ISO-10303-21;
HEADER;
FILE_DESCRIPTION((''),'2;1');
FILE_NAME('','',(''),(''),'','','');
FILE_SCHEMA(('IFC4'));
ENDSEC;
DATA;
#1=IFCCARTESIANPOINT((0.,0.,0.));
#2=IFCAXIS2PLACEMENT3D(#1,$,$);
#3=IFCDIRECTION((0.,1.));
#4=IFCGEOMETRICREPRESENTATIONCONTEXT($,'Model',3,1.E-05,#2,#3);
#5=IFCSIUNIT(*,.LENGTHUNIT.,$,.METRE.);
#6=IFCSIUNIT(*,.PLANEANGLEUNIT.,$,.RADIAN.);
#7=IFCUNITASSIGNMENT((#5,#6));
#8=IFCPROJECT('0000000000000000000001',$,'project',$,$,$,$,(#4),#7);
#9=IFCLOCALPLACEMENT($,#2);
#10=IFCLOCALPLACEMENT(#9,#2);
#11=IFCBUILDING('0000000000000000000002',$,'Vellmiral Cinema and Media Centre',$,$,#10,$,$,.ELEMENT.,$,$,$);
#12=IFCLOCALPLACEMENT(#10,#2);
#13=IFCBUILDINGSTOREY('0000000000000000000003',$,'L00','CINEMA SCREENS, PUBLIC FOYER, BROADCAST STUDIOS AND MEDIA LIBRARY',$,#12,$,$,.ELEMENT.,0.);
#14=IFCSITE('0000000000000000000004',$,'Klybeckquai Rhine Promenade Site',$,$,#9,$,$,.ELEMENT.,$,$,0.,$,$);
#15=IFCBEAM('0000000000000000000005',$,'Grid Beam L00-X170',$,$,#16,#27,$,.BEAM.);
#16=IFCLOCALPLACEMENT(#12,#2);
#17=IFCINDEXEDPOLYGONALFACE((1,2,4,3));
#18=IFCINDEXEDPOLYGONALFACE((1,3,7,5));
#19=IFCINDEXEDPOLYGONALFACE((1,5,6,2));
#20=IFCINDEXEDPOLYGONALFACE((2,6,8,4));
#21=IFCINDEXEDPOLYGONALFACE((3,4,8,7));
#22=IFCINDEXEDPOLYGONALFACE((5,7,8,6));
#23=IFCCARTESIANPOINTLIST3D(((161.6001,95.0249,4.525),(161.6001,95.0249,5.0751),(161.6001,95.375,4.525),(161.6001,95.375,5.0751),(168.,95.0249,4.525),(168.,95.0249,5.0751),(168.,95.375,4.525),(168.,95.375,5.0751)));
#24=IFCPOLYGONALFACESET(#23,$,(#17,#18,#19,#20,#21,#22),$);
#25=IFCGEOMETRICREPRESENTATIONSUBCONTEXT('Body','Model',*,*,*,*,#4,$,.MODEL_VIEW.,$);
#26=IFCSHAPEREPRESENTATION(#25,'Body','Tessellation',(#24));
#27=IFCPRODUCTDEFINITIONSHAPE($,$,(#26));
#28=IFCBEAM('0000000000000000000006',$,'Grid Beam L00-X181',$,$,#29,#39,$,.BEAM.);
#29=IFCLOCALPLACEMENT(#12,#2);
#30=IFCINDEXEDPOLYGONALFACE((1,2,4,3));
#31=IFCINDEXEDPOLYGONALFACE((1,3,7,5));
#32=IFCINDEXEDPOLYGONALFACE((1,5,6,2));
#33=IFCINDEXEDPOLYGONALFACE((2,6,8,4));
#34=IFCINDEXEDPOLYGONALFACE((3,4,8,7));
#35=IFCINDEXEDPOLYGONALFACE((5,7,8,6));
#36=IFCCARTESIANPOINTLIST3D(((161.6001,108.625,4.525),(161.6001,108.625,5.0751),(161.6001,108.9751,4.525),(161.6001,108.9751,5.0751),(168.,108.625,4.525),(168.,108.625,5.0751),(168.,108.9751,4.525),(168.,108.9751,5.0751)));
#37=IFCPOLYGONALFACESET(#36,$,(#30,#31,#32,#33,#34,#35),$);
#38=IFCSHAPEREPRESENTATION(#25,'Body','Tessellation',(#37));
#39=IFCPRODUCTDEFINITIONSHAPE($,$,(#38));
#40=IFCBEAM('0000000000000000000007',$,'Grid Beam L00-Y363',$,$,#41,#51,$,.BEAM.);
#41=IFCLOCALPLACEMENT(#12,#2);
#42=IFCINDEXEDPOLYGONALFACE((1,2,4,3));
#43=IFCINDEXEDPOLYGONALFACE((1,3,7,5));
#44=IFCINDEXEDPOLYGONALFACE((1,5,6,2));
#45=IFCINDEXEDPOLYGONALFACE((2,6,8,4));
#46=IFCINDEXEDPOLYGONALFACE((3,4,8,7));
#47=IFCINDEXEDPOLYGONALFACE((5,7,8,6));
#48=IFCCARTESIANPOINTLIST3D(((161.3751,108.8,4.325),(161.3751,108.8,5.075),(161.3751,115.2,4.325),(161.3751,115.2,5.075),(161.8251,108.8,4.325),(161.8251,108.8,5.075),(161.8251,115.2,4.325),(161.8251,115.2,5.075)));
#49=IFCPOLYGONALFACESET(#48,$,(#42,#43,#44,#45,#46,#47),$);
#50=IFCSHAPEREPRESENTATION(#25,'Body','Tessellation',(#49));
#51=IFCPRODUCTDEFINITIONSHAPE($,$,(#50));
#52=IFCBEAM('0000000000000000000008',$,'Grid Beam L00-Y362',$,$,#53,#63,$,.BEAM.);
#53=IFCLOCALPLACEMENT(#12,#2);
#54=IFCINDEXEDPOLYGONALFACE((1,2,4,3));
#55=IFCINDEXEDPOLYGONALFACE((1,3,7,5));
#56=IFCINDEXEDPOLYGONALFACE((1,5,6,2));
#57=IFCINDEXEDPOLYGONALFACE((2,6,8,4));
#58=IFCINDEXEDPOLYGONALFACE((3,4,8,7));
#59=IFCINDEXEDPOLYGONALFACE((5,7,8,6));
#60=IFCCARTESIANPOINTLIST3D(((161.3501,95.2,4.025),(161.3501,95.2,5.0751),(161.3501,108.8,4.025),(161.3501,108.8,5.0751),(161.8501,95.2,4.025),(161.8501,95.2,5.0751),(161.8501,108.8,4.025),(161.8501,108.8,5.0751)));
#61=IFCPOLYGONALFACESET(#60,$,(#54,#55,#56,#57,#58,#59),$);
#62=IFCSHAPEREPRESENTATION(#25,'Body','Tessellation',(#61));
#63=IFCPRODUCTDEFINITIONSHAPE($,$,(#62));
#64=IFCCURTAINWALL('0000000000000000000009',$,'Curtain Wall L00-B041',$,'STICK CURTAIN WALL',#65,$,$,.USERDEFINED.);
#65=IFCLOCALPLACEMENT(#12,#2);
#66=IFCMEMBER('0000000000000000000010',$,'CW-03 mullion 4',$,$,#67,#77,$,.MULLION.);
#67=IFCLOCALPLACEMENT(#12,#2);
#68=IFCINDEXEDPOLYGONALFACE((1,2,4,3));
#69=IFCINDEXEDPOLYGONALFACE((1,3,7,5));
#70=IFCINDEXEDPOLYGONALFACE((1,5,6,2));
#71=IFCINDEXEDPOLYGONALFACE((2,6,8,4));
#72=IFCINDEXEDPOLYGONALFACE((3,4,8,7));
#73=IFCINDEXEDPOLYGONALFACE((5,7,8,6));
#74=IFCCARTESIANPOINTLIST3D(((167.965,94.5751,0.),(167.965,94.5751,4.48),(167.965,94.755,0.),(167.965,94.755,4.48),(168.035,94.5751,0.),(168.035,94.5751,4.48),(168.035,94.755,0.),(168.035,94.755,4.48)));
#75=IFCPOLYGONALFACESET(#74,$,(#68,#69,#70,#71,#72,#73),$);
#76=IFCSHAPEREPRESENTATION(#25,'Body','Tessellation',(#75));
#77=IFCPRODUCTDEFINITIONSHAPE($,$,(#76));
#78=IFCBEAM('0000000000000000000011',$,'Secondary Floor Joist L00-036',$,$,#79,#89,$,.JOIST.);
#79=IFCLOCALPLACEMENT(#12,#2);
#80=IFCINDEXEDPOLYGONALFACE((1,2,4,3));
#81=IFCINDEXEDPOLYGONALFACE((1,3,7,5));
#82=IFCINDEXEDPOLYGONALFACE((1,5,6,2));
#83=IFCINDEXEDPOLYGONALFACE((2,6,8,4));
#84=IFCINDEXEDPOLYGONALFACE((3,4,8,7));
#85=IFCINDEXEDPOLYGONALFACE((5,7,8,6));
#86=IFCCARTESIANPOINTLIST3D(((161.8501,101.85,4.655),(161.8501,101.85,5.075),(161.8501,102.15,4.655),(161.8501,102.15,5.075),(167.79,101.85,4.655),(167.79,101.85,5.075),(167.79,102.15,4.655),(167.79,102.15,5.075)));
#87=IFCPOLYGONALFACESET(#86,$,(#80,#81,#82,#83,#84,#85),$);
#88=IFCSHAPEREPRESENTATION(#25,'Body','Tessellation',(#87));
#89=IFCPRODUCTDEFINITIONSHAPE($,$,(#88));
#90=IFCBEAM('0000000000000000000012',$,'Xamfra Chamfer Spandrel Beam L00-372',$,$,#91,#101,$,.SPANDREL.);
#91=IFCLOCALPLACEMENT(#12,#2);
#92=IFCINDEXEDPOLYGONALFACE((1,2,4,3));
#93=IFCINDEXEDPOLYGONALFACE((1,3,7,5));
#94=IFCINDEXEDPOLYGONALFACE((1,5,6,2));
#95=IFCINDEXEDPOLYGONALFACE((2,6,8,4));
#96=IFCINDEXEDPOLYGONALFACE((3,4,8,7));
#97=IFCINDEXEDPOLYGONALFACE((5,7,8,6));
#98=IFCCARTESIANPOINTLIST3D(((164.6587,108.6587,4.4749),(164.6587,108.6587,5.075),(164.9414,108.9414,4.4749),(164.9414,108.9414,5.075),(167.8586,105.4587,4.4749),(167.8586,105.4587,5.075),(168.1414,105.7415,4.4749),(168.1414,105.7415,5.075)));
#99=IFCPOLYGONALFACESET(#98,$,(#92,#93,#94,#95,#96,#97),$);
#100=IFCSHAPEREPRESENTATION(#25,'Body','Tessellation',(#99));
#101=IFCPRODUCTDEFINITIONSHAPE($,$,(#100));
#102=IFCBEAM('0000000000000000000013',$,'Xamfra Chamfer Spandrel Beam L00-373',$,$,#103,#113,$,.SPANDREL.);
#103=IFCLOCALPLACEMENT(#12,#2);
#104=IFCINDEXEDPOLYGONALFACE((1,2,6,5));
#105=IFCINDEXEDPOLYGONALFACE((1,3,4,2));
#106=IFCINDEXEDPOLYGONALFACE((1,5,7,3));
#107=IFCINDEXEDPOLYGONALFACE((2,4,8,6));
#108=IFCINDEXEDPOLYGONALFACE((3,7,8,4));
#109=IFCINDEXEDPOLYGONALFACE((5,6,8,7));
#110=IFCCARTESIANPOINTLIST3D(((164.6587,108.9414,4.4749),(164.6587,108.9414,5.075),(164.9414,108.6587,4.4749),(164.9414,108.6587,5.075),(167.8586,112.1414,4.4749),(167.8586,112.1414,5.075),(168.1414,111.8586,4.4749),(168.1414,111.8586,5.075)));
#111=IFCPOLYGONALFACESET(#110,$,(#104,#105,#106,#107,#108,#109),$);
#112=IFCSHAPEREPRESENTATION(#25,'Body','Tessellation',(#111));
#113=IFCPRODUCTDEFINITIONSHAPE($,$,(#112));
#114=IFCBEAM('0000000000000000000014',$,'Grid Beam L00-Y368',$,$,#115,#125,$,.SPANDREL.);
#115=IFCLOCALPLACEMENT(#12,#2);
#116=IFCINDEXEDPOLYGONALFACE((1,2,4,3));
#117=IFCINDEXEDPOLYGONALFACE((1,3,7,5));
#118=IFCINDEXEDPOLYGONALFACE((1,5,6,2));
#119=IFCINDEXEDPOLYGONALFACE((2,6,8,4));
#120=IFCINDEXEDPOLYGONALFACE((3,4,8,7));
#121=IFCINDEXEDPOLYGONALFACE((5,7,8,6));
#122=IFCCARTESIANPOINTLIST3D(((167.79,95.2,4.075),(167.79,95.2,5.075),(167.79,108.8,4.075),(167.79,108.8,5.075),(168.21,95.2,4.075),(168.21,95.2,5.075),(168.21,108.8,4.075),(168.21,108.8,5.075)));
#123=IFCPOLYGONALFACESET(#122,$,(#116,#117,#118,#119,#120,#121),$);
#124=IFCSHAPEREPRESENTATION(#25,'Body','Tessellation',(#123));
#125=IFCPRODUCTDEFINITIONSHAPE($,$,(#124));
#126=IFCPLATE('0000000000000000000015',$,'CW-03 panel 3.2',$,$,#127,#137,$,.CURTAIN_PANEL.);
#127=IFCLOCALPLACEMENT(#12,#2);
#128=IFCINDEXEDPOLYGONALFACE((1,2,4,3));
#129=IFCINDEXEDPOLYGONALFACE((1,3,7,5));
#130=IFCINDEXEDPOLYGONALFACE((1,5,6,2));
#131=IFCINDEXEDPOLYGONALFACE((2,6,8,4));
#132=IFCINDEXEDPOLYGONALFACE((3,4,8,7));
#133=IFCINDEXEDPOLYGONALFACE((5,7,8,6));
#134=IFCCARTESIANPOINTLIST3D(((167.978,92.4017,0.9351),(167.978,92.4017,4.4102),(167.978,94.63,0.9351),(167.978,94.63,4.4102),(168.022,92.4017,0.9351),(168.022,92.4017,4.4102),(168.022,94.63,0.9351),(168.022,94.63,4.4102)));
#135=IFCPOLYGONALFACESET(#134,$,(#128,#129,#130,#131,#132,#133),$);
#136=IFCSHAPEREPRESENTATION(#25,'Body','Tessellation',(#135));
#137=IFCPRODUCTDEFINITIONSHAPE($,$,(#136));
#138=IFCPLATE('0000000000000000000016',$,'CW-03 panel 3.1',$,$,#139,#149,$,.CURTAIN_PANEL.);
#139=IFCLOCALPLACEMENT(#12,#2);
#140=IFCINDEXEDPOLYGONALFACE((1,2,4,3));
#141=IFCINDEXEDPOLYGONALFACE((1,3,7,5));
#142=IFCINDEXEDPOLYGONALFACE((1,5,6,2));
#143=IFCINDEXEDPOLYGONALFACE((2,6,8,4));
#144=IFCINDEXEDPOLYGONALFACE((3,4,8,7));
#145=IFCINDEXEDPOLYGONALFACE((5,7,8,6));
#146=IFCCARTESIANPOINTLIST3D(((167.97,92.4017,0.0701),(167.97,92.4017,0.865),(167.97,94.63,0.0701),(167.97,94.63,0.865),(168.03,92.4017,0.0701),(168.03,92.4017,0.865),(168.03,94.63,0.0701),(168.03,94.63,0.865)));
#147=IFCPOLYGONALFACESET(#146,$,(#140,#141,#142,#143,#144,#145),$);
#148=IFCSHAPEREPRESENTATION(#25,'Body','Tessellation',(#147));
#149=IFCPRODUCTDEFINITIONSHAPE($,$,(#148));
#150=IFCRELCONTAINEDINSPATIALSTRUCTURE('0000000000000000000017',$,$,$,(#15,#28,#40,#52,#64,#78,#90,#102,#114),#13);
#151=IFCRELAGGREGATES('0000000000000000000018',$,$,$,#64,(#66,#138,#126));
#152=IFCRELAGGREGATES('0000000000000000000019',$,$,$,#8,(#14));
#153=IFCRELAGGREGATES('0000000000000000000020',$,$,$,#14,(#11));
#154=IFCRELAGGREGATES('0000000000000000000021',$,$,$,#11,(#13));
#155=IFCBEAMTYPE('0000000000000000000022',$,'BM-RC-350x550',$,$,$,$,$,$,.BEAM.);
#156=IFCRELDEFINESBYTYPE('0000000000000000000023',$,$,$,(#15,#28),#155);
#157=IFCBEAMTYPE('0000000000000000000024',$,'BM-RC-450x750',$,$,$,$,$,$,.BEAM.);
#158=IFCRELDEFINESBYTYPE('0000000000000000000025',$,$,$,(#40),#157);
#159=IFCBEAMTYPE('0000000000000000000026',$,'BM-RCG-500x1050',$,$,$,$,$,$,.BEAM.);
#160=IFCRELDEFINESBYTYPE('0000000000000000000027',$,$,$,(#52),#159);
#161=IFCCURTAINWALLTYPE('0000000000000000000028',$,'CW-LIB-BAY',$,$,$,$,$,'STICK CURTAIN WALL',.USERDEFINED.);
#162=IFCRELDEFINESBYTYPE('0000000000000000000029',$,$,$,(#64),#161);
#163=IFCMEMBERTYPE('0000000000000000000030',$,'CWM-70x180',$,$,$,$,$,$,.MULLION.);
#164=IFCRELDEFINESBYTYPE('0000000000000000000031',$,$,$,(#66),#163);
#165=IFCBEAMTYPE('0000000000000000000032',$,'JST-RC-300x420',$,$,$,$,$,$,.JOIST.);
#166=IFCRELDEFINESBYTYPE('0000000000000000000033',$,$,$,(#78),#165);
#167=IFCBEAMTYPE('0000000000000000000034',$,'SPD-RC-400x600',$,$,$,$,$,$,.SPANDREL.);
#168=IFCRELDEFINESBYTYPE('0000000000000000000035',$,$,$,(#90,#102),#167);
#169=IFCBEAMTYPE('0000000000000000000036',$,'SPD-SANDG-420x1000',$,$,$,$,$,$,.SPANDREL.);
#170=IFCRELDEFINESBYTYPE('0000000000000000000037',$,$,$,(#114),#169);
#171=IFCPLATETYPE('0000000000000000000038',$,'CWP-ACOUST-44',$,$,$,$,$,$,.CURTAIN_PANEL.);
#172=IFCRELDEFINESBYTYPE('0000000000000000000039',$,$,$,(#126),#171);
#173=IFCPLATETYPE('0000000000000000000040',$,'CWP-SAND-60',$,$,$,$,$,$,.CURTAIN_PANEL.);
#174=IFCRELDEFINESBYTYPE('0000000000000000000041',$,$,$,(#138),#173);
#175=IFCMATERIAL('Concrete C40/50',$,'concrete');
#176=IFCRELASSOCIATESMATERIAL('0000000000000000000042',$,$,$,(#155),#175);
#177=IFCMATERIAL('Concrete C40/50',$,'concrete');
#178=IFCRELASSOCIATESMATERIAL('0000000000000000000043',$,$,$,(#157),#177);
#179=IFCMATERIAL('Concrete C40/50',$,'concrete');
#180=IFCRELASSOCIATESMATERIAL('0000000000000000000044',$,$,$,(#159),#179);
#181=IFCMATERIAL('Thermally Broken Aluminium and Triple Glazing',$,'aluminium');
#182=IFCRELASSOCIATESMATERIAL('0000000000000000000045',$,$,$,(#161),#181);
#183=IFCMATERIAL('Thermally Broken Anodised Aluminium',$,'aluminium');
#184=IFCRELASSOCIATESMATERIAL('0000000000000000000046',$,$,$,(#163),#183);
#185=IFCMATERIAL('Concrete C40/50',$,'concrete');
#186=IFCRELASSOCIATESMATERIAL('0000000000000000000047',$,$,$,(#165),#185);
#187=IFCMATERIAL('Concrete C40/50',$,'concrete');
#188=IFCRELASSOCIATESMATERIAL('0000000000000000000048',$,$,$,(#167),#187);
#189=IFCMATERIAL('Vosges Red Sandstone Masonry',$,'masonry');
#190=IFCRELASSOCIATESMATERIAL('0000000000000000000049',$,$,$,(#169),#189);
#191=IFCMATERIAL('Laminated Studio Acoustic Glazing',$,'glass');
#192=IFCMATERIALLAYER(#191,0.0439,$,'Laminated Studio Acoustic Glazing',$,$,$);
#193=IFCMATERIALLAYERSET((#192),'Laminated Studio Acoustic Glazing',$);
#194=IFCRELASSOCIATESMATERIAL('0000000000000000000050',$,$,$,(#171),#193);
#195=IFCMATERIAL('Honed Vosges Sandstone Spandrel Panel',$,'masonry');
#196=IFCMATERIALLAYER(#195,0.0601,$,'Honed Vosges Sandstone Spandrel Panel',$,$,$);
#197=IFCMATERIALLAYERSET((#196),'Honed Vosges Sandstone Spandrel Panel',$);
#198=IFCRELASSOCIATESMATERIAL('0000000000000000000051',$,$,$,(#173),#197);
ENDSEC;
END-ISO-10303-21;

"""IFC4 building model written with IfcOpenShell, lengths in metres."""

from ifc_helpers import new_model, si_unit, direction, frame, origin, origin_2d, place, context, subcontext, project, spatial, rectangle, extrude, material, layer, layer_set, material_profile, profile_set, type_object, element, aggregate, save


model = new_model("IFC4")

# Units and contexts
model_context = context("Model", 3, precision=1e-05, world=origin(), true_north=direction((0.0, 1.0)))
body_context = subcontext(model_context, "Body", "Model", "MODEL_VIEW")
ifc_project = project(units=[si_unit("LENGTHUNIT", "METRE"), si_unit("PLANEANGLEUNIT", "RADIAN")], contexts=[model_context])

# Site, building, storey
site_placement = place(None, origin())
site = spatial("IfcSite", under=ifc_project, at=site_placement, Name="Klybeckquai Rhine Promenade Site", CompositionType="ELEMENT", RefElevation=0.0)
building_placement = place(site_placement, origin())
building = spatial("IfcBuilding", under=site, at=building_placement, Name="Vellmiral Cinema and Media Centre", CompositionType="ELEMENT")
storey_placement = place(building_placement, origin())
storey = spatial("IfcBuildingStorey", under=building, at=storey_placement, Name="L00", Description="CINEMA SCREENS, PUBLIC FOYER, BROADCAST STUDIOS AND MEDIA LIBRARY", CompositionType="ELEMENT", Elevation=0.0)

# Beams
ifc_material_1 = material(Name="Concrete C40/50", Category="concrete")
ifc_material_profile_1 = material_profile(ifc_material_1, rectangle(XDim=0.3501, YDim=0.55, at=origin_2d()), Name="RC 350x550")
ifc_profile_set_1 = profile_set([ifc_material_profile_1], Name="Concrete C40/50")
beam_type_1 = type_object("IfcBeamType", Name="BM-RC-350x550", PredefinedType="BEAM", material=ifc_profile_set_1)
for number, where, z_axis, x_axis, name in (
    (1, (161.6001, 95.2, 4.8), (1.0, 0.0, 0.0), (0.0, 1.0, 0.0), "Grid Beam L00-X170"),
    (2, (161.6001, 108.8, 4.8), (1.0, 0.0, 0.0), (0.0, 1.0, 0.0), "Grid Beam L00-X181"),
):
    element("IfcBeam", number, at=place(storey_placement, frame(where, z_axis=z_axis, x_axis=x_axis)), inside=storey, type_object=beam_type_1, Name=name, PredefinedType="BEAM", context=body_context, shape_type="SweptSolid", body=[
        extrude(rectangle(XDim=0.3501, YDim=0.55, at=origin_2d()), origin(), (0.0, 0.0, 1.0), 6.3999),
    ])
ifc_material_2 = material(Name="Concrete C40/50", Category="concrete")
ifc_material_profile_2 = material_profile(ifc_material_2, rectangle(XDim=0.45, YDim=0.75, at=origin_2d()), Name="RC 450x750")
ifc_profile_set_2 = profile_set([ifc_material_profile_2], Name="Concrete C40/50")
beam_type_2 = type_object("IfcBeamType", Name="BM-RC-450x750", PredefinedType="BEAM", material=ifc_profile_set_2)
beam_1_placement = place(storey_placement, frame((161.6001, 108.8, 4.7), z_axis=(0.0, 1.0, 0.0), x_axis=(-1.0, 0.0, 0.0)))
element("IfcBeam", 3, at=beam_1_placement, inside=storey, type_object=beam_type_2, Name="Grid Beam L00-Y363", PredefinedType="BEAM", context=body_context, shape_type="SweptSolid", body=[
    extrude(rectangle(XDim=0.45, YDim=0.75, at=origin_2d()), origin(), (0.0, 0.0, 1.0), 6.3999),
])
ifc_material_3 = material(Name="Concrete C40/50", Category="concrete")
ifc_material_profile_3 = material_profile(ifc_material_3, rectangle(XDim=0.5, YDim=1.05, at=origin_2d()), Name="RC 500x1050")
ifc_profile_set_3 = profile_set([ifc_material_profile_3], Name="Concrete C40/50")
beam_type_3 = type_object("IfcBeamType", Name="BM-RCG-500x1050", PredefinedType="BEAM", material=ifc_profile_set_3)
beam_2_placement = place(storey_placement, frame((161.6001, 95.2, 4.55), z_axis=(0.0, 1.0, 0.0), x_axis=(-1.0, 0.0, 0.0)))
element("IfcBeam", 4, at=beam_2_placement, inside=storey, type_object=beam_type_3, Name="Grid Beam L00-Y362", PredefinedType="BEAM", context=body_context, shape_type="SweptSolid", body=[
    extrude(rectangle(XDim=0.5, YDim=1.05, at=origin_2d()), origin(), (0.0, 0.0, 1.0), 13.6001),
])

# Curtain wall, member
ifc_material_4 = material(Name="Thermally Broken Aluminium and Triple Glazing", Category="aluminium")
curtain_wall_type = type_object("IfcCurtainWallType", Name="CW-LIB-BAY", ElementType="STICK CURTAIN WALL", PredefinedType="USERDEFINED", material=ifc_material_4)
curtain_wall_placement = place(storey_placement, origin())
curtain_wall = element("IfcCurtainWall", 5, at=curtain_wall_placement, inside=storey, type_object=curtain_wall_type, Name="Curtain Wall L00-B041", ObjectType="STICK CURTAIN WALL", PredefinedType="USERDEFINED")
ifc_material_5 = material(Name="Thermally Broken Anodised Aluminium", Category="aluminium")
ifc_material_profile_4 = material_profile(ifc_material_5, rectangle(XDim=0.0701, YDim=0.1799, at=origin_2d()), Name="MULL 70x180")
ifc_profile_set_4 = profile_set([ifc_material_profile_4], Name="Thermally Broken Anodised Aluminium")
member_type = type_object("IfcMemberType", Name="CWM-70x180", PredefinedType="MULLION", material=ifc_profile_set_4)
member_placement = place(storey_placement, frame((168.0, 94.665, 0.0), z_axis=(0.0, 0.0, 1.0), x_axis=(-1.0, 0.0, 0.0)))
member = element("IfcMember", 6, at=member_placement, type_object=member_type, Name="CW-03 mullion 4", PredefinedType="MULLION", context=body_context, shape_type="SweptSolid", body=[
    extrude(rectangle(XDim=0.0701, YDim=0.1799, at=origin_2d()), origin(), (0.0, 0.0, 1.0), 4.48),
])

# Beams
ifc_material_6 = material(Name="Concrete C40/50", Category="concrete")
ifc_material_profile_5 = material_profile(ifc_material_6, rectangle(XDim=0.3, YDim=0.4199, at=origin_2d()), Name="RC 300x420")
ifc_profile_set_5 = profile_set([ifc_material_profile_5], Name="Concrete C40/50")
beam_type_4 = type_object("IfcBeamType", Name="JST-RC-300x420", PredefinedType="JOIST", material=ifc_profile_set_5)
beam_3_placement = place(storey_placement, frame((161.8501, 102.0, 4.865), z_axis=(1.0, 0.0, 0.0), x_axis=(0.0, 1.0, 0.0)))
element("IfcBeam", 7, at=beam_3_placement, inside=storey, type_object=beam_type_4, Name="Secondary Floor Joist L00-036", PredefinedType="JOIST", context=body_context, shape_type="SweptSolid", body=[
    extrude(rectangle(XDim=0.3, YDim=0.4199, at=origin_2d()), origin(), (0.0, 0.0, 1.0), 5.9399),
])
ifc_material_7 = material(Name="Concrete C40/50", Category="concrete")
ifc_material_profile_6 = material_profile(ifc_material_7, rectangle(XDim=0.3999, YDim=0.6001, at=origin_2d()), Name="RC 400x600")
ifc_profile_set_6 = profile_set([ifc_material_profile_6], Name="Concrete C40/50")
beam_type_5 = type_object("IfcBeamType", Name="SPD-RC-400x600", PredefinedType="SPANDREL", material=ifc_profile_set_6)
for number, where, z_axis, x_axis, name in (
    (8, (164.8, 108.8, 4.7749), (0.707107, -0.707107, 0.0), (0.707107, 0.707107, 0.0), "Xamfra Chamfer Spandrel Beam L00-372"),
    (9, (164.8, 108.8, 4.7749), (0.707107, 0.707107, 0.0), (-0.707107, 0.707107, 0.0), "Xamfra Chamfer Spandrel Beam L00-373"),
):
    element("IfcBeam", number, at=place(storey_placement, frame(where, z_axis=z_axis, x_axis=x_axis)), inside=storey, type_object=beam_type_5, Name=name, PredefinedType="SPANDREL", context=body_context, shape_type="SweptSolid", body=[
        extrude(rectangle(XDim=0.3999, YDim=0.6001, at=origin_2d()), origin(), (0.0, 0.0, 1.0), 4.5254),
    ])
ifc_material_8 = material(Name="Vosges Red Sandstone Masonry", Category="masonry")
ifc_material_profile_7 = material_profile(ifc_material_8, rectangle(XDim=0.4199, YDim=1.0, at=origin_2d()), Name="SAND 420x1000")
ifc_profile_set_7 = profile_set([ifc_material_profile_7], Name="Vosges Red Sandstone Masonry")
beam_type_6 = type_object("IfcBeamType", Name="SPD-SANDG-420x1000", PredefinedType="SPANDREL", material=ifc_profile_set_7)
beam_4_placement = place(storey_placement, frame((168.0, 95.2, 4.575), z_axis=(0.0, 1.0, 0.0), x_axis=(-1.0, 0.0, 0.0)))
element("IfcBeam", 10, at=beam_4_placement, inside=storey, type_object=beam_type_6, Name="Grid Beam L00-Y368", PredefinedType="SPANDREL", context=body_context, shape_type="SweptSolid", body=[
    extrude(rectangle(XDim=0.4199, YDim=1.0, at=origin_2d()), origin(), (0.0, 0.0, 1.0), 13.6001),
])

# Plates
ifc_material_9 = material(Name="Laminated Studio Acoustic Glazing", Category="glass")
ifc_layer_1 = layer(ifc_material_9, 0.0439, Name="Laminated Studio Acoustic Glazing")
ifc_layer_set_1 = layer_set([ifc_layer_1], Name="Laminated Studio Acoustic Glazing")
plate_type_1 = type_object("IfcPlateType", Name="CWP-ACOUST-44", PredefinedType="CURTAIN_PANEL", material=ifc_layer_set_1)
plate_1_placement = place(storey_placement, frame((168.0, 93.5159, 0.9351), z_axis=(0.0, 0.0, 1.0), x_axis=(0.0, 1.0, 0.0)))
plate_1 = element("IfcPlate", 11, at=plate_1_placement, type_object=plate_type_1, Name="CW-03 panel 3.2", PredefinedType="CURTAIN_PANEL", context=body_context, shape_type="SweptSolid", body=[
    extrude(rectangle(XDim=2.2283, YDim=0.0439, at=origin_2d()), origin(), (0.0, 0.0, 1.0), 3.4751),
])
ifc_material_10 = material(Name="Honed Vosges Sandstone Spandrel Panel", Category="masonry")
ifc_layer_2 = layer(ifc_material_10, 0.0601, Name="Honed Vosges Sandstone Spandrel Panel")
ifc_layer_set_2 = layer_set([ifc_layer_2], Name="Honed Vosges Sandstone Spandrel Panel")
plate_type_2 = type_object("IfcPlateType", Name="CWP-SAND-60", PredefinedType="CURTAIN_PANEL", material=ifc_layer_set_2)
plate_2_placement = place(storey_placement, frame((168.0, 93.5159, 0.0701), z_axis=(0.0, 0.0, 1.0), x_axis=(0.0, 1.0, 0.0)))
plate_2 = element("IfcPlate", 12, at=plate_2_placement, type_object=plate_type_2, Name="CW-03 panel 3.1", PredefinedType="CURTAIN_PANEL", context=body_context, shape_type="SweptSolid", body=[
    extrude(rectangle(XDim=2.2283, YDim=0.0601, at=origin_2d()), origin(), (0.0, 0.0, 1.0), 0.7949),
])
aggregate(curtain_wall, [member, plate_2, plate_1])

save(model, "model.ifc")
